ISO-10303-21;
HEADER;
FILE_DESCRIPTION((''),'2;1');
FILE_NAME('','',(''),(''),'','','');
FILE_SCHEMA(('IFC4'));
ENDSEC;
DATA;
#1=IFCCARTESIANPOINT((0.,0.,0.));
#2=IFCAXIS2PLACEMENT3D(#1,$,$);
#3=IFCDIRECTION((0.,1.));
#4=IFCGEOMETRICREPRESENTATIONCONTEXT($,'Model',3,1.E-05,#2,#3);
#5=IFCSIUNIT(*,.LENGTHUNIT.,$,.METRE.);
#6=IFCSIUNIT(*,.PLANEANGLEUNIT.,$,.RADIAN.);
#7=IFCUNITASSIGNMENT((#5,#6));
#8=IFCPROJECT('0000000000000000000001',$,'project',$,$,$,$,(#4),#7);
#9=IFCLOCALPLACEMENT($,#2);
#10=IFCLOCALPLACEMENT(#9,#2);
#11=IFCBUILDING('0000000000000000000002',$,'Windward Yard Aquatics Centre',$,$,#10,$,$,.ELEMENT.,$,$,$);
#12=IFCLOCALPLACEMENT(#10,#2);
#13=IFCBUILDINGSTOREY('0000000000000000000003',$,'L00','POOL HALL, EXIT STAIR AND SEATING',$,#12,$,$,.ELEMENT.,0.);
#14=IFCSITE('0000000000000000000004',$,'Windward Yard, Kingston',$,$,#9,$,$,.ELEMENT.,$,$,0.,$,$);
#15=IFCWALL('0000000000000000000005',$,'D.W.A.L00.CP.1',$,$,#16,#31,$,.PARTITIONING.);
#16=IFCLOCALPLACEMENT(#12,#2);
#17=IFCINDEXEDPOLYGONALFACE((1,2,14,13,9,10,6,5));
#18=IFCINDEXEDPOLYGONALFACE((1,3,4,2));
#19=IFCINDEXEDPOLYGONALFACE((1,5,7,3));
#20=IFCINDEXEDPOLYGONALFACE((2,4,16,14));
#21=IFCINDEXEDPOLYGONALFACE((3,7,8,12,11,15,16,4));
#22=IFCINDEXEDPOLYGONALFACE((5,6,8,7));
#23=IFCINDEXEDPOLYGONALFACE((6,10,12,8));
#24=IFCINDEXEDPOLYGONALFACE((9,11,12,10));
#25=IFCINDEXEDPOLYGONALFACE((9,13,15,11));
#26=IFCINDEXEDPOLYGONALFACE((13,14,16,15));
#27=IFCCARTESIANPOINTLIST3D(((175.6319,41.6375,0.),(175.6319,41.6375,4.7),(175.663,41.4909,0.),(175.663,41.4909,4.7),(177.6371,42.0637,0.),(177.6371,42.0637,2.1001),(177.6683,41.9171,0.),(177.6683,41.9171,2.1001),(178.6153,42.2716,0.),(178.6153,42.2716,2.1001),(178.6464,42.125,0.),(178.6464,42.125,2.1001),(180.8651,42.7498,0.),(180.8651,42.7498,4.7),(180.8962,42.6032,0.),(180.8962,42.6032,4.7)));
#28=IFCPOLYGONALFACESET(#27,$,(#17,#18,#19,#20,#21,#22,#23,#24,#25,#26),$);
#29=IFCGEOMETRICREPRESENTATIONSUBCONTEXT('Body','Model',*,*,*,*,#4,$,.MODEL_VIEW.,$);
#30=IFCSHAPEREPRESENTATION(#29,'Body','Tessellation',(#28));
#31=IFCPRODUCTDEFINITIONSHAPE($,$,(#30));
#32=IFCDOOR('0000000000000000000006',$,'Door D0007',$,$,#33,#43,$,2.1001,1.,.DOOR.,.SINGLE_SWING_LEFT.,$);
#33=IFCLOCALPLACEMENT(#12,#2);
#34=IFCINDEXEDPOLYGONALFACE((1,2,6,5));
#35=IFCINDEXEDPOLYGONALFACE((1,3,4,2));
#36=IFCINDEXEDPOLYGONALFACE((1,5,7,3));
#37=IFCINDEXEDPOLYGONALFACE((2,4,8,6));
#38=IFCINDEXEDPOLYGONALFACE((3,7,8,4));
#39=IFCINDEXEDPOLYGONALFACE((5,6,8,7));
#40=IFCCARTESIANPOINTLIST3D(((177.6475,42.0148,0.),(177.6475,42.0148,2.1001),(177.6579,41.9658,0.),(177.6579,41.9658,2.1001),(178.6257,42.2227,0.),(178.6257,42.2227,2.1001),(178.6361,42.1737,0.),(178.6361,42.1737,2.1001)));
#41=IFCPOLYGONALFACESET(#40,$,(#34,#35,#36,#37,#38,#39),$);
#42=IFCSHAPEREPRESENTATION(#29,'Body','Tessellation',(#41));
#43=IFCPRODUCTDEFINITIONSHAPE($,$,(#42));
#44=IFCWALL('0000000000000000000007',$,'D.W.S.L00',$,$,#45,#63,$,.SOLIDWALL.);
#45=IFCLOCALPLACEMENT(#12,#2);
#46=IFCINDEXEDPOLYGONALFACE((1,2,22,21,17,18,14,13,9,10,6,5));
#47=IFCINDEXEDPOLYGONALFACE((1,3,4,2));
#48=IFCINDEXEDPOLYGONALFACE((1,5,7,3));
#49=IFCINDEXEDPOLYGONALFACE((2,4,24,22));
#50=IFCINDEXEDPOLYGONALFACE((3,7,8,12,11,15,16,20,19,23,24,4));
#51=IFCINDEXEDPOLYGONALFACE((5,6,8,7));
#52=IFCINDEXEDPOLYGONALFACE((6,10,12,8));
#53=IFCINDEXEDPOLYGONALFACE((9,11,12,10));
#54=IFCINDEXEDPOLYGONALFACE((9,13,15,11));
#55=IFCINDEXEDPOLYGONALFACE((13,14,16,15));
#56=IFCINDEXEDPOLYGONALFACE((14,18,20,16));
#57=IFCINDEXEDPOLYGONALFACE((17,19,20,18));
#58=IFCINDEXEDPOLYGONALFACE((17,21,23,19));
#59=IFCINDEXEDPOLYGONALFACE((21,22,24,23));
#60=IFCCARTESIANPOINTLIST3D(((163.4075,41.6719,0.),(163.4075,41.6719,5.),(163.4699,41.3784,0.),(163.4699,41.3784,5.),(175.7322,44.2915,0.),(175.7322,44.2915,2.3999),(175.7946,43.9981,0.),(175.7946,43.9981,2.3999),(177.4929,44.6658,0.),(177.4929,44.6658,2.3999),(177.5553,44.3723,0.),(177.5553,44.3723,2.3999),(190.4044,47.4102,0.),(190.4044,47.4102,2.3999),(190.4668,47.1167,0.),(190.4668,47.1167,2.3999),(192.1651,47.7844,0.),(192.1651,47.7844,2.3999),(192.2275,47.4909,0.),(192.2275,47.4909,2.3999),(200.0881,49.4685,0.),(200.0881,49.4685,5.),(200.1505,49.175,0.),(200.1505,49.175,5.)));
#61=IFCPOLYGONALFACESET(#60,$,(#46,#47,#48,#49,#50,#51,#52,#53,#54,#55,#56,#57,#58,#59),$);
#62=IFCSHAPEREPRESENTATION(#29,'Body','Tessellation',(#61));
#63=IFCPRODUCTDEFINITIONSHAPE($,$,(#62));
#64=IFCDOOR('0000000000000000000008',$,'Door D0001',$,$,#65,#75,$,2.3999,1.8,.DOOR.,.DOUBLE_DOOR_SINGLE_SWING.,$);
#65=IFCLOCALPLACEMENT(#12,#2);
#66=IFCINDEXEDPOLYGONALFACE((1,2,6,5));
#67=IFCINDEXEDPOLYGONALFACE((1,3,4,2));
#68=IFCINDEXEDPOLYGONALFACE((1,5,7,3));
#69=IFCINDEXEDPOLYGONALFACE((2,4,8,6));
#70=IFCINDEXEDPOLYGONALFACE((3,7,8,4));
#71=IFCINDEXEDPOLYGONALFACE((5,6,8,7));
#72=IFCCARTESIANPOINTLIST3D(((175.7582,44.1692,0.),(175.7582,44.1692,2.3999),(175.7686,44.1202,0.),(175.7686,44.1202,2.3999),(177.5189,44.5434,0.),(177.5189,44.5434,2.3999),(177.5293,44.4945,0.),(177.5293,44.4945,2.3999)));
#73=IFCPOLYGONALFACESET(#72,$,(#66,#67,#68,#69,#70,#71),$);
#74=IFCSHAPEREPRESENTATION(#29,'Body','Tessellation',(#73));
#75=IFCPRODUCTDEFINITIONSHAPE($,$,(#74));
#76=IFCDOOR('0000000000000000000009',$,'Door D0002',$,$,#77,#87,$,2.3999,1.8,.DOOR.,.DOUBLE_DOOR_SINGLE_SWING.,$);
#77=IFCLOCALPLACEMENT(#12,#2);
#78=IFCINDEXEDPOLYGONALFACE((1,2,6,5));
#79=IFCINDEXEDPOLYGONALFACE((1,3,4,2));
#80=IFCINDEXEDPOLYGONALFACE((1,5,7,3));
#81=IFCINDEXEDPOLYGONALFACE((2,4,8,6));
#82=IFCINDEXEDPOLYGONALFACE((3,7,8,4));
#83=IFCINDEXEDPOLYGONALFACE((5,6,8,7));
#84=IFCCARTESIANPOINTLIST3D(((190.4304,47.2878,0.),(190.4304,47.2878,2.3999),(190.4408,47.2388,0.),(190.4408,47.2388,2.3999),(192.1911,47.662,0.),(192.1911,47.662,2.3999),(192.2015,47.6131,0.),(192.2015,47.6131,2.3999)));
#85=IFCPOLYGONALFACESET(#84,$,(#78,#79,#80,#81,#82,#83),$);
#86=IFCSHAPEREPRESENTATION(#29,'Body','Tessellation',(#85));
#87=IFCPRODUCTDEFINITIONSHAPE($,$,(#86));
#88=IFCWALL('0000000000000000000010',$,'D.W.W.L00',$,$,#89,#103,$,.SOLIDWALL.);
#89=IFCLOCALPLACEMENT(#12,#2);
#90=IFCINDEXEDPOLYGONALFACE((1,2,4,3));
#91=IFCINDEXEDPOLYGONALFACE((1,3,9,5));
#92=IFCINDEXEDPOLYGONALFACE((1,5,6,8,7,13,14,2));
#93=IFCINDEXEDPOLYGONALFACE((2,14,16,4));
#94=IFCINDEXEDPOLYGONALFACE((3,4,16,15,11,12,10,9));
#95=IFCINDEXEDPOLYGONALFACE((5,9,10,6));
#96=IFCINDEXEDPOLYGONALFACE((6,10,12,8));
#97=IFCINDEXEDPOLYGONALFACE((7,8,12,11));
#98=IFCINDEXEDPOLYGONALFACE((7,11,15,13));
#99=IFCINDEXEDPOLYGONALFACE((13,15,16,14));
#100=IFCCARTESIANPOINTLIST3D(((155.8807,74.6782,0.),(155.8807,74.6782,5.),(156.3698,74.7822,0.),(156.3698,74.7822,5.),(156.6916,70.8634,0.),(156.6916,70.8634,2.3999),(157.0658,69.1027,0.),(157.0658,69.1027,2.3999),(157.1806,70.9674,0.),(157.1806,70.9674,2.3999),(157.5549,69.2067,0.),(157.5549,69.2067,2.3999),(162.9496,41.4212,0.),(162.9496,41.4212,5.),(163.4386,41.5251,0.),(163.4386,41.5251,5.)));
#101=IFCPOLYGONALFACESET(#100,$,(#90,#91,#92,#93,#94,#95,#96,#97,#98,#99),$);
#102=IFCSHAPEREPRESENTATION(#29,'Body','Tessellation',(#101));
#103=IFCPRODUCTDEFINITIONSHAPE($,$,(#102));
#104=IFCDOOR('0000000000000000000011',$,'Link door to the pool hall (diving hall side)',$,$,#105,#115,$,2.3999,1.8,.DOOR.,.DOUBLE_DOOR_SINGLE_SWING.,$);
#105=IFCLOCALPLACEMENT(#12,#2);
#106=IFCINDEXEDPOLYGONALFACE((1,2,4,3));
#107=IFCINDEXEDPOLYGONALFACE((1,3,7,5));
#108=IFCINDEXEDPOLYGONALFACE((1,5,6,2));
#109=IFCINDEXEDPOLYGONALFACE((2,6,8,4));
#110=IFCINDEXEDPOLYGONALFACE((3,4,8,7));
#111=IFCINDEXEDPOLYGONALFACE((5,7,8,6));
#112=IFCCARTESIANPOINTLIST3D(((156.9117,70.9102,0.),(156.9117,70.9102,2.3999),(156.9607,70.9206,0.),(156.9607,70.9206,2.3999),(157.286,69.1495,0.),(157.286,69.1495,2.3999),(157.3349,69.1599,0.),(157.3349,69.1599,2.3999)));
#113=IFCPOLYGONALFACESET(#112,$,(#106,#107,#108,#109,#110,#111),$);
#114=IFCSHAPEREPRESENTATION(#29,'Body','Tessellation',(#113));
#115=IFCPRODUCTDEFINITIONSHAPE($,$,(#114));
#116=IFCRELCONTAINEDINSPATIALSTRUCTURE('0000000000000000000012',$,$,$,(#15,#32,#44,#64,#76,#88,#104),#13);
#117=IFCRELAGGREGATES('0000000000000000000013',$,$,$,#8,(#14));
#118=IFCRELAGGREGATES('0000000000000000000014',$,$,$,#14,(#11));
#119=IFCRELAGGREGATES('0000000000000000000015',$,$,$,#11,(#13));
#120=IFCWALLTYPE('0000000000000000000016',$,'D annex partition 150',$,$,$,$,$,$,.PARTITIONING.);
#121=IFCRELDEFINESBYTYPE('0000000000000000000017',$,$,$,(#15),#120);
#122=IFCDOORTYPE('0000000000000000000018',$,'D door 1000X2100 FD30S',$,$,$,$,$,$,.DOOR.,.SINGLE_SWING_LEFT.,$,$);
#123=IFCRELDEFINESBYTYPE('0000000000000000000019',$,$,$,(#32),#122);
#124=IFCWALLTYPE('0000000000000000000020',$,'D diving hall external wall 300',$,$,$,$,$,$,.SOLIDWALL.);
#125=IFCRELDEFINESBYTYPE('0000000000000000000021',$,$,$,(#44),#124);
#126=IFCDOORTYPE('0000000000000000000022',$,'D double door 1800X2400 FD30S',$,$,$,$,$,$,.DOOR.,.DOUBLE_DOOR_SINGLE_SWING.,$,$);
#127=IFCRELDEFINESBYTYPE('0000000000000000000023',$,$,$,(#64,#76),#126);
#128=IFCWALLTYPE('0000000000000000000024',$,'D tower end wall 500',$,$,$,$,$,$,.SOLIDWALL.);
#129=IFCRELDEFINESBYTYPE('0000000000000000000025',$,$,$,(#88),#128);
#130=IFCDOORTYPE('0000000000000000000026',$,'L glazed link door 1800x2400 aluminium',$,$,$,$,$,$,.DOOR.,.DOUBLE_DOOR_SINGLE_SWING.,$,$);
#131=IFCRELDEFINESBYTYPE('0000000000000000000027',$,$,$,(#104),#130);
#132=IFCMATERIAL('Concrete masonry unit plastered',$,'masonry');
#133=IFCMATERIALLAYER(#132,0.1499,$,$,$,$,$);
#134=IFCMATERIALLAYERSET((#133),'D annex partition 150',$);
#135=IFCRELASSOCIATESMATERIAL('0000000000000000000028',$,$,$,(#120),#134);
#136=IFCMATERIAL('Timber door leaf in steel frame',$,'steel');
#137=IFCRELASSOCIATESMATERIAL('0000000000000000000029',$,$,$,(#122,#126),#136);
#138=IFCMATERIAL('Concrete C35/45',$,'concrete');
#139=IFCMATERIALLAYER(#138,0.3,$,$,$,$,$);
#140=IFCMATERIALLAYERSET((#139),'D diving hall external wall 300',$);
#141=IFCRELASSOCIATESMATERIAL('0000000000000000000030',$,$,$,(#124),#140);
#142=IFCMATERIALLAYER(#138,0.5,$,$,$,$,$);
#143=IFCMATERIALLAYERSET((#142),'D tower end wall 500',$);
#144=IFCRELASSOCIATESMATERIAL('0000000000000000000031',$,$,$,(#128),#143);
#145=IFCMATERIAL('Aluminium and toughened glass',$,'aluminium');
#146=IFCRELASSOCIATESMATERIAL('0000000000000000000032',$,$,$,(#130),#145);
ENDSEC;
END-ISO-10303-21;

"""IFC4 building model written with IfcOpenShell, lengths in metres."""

from ifc_helpers import new_model, si_unit, direction, frame, frame_2d, origin, place, context, subcontext, project, spatial, rectangle, extrude, material, layer, layer_set, type_object, element, fill, save


model = new_model("IFC4")

# Units and contexts
model_context = context("Model", 3, precision=1e-05, world=origin(), true_north=direction((0.0, 1.0)))
body_context = subcontext(model_context, "Body", "Model", "MODEL_VIEW")
ifc_project = project(units=[si_unit("LENGTHUNIT", "METRE"), si_unit("PLANEANGLEUNIT", "RADIAN")], contexts=[model_context])

# Site, building, storey
site_placement = place(None, origin())
site = spatial("IfcSite", under=ifc_project, at=site_placement, Name="Windward Yard, Kingston", CompositionType="ELEMENT", RefElevation=0.0)
building_placement = place(site_placement, origin())
building = spatial("IfcBuilding", under=site, at=building_placement, Name="Windward Yard Aquatics Centre", CompositionType="ELEMENT")
storey_placement = place(building_placement, origin())
storey = spatial("IfcBuildingStorey", under=building, at=storey_placement, Name="L00", Description="POOL HALL, EXIT STAIR AND SEATING", CompositionType="ELEMENT", Elevation=0.0)

# Shared definitions
ifc_material_1 = material(Name="Concrete C35/45", Category="concrete")

# Wall, opening, door
ifc_material_2 = material(Name="Concrete masonry unit plastered", Category="masonry")
ifc_layer_1 = layer(ifc_material_2, 0.1499)
ifc_layer_set_1 = layer_set([ifc_layer_1], Name="D annex partition 150")
wall_type_1 = type_object("IfcWallType", Name="D annex partition 150", PredefinedType="PARTITIONING", material=ifc_layer_set_1)
wall_1_placement = place(storey_placement, frame((175.6475, 41.5642, 0.0), z_axis=(0.0, 0.0, 1.0), x_axis=(0.978149, 0.207905, 0.0)))
wall_1 = element("IfcWall", 1, at=wall_1_placement, inside=storey, type_object=wall_type_1, Name="D.W.A.L00.CP.1", PredefinedType="PARTITIONING", context=body_context, shape_type="SweptSolid", body=[
    extrude(rectangle(XDim=5.3501, YDim=0.1499, at=frame_2d((2.675, 0.0))), origin(), (0.0, 0.0, 1.0), 4.7),
])
opening_1_placement = place(wall_1_placement, frame((2.05, 0.0, 0.0)))
opening_1 = element("IfcOpeningElement", 2, at=opening_1_placement, cuts=wall_1, PredefinedType="OPENING", context=body_context, shape_type="SweptSolid", body=[
    extrude(rectangle(XDim=1.0, YDim=2.1001, at=frame_2d((0.5, 1.05))), frame((0.0, 0.085, 0.0), z_axis=(0.0, -1.0, 0.0), x_axis=(1.0, 0.0, 0.0)), (0.0, 0.0, 1.0), 0.1699),
])
ifc_material_3 = material(Name="Timber door leaf in steel frame", Category="steel")
door_type_1 = type_object("IfcDoorType", Name="D door 1000X2100 FD30S", OperationType="SINGLE_SWING_LEFT", PredefinedType="DOOR", material=ifc_material_3)
door_1_placement = place(opening_1_placement, origin())
door_1 = element("IfcDoor", 3, at=door_1_placement, inside=storey, type_object=door_type_1, Name="Door D0007", OperationType="SINGLE_SWING_LEFT", OverallHeight=2.1001, OverallWidth=1.0, PredefinedType="DOOR", context=body_context, shape_type="SweptSolid", body=[
    extrude(rectangle(XDim=1.0, YDim=2.1001, at=frame_2d((0.5, 1.05))), frame((0.0, 0.0249, 0.0), z_axis=(0.0, -1.0, 0.0), x_axis=(1.0, 0.0, 0.0)), (0.0, 0.0, 1.0), 0.05),
])
fill(opening_1, door_1)

# Wall, openings, doors
ifc_layer_2 = layer(ifc_material_1, 0.3)
ifc_layer_set_2 = layer_set([ifc_layer_2], Name="D diving hall external wall 300")
wall_type_2 = type_object("IfcWallType", Name="D diving hall external wall 300", PredefinedType="SOLIDWALL", material=ifc_layer_set_2)
wall_2_placement = place(storey_placement, frame((163.4387, 41.5251, 0.0), z_axis=(0.0, 0.0, 1.0), x_axis=(0.978148, 0.20791, 0.0)))
wall_2 = element("IfcWall", 4, at=wall_2_placement, inside=storey, type_object=wall_type_2, Name="D.W.S.L00", PredefinedType="SOLIDWALL", context=body_context, shape_type="SweptSolid", body=[
    extrude(rectangle(XDim=37.5, YDim=0.3, at=frame_2d((18.75, 0.0))), origin(), (0.0, 0.0, 1.0), 5.0),
])
opening_2_placement = place(wall_2_placement, frame((12.6001, 0.0, 0.0)))
opening_2 = element("IfcOpeningElement", 5, at=opening_2_placement, cuts=wall_2, PredefinedType="OPENING", context=body_context, shape_type="SweptSolid", body=[
    extrude(rectangle(XDim=1.8, YDim=2.3999, at=frame_2d((0.8999, 1.2))), frame((0.0, 0.1602, 0.0), z_axis=(0.0, -1.0, 0.0), x_axis=(1.0, 0.0, 0.0)), (0.0, 0.0, 1.0), 0.3201),
])
opening_3_placement = place(wall_2_placement, frame((27.6001, 0.0, 0.0)))
opening_3 = element("IfcOpeningElement", 6, at=opening_3_placement, cuts=wall_2, PredefinedType="OPENING", context=body_context, shape_type="SweptSolid", body=[
    extrude(rectangle(XDim=1.8, YDim=2.3999, at=frame_2d((0.8999, 1.2))), frame((0.0, 0.1602, 0.0), z_axis=(0.0, -1.0, 0.0), x_axis=(1.0, 0.0, 0.0)), (0.0, 0.0, 1.0), 0.3201),
])
door_type_2 = type_object("IfcDoorType", Name="D double door 1800X2400 FD30S", OperationType="DOUBLE_DOOR_SINGLE_SWING", PredefinedType="DOOR", material=ifc_material_3)
door_2_placement = place(opening_2_placement, origin())
door_2 = element("IfcDoor", 7, at=door_2_placement, inside=storey, type_object=door_type_2, Name="Door D0001", OperationType="DOUBLE_DOOR_SINGLE_SWING", OverallHeight=2.3999, OverallWidth=1.8, PredefinedType="DOOR", context=body_context, shape_type="SweptSolid", body=[
    extrude(rectangle(XDim=1.8, YDim=2.3999, at=frame_2d((0.8999, 1.2))), frame((0.0, 0.0249, 0.0), z_axis=(0.0, -1.0, 0.0), x_axis=(1.0, 0.0, 0.0)), (0.0, 0.0, 1.0), 0.05),
])
fill(opening_2, door_2)
door_3_placement = place(opening_3_placement, origin())
door_3 = element("IfcDoor", 8, at=door_3_placement, inside=storey, type_object=door_type_2, Name="Door D0002", OperationType="DOUBLE_DOOR_SINGLE_SWING", OverallHeight=2.3999, OverallWidth=1.8, PredefinedType="DOOR", context=body_context, shape_type="SweptSolid", body=[
    extrude(rectangle(XDim=1.8, YDim=2.3999, at=frame_2d((0.8999, 1.2))), frame((0.0, 0.0249, 0.0), z_axis=(0.0, -1.0, 0.0), x_axis=(1.0, 0.0, 0.0)), (0.0, 0.0, 1.0), 0.05),
])
fill(opening_3, door_3)

# Wall, opening, door
ifc_layer_3 = layer(ifc_material_1, 0.5)
ifc_layer_set_3 = layer_set([ifc_layer_3], Name="D tower end wall 500")
wall_type_3 = type_object("IfcWallType", Name="D tower end wall 500", PredefinedType="SOLIDWALL", material=ifc_layer_set_3)
wall_3_placement = place(storey_placement, frame((163.1941, 41.4731, 0.0), z_axis=(0.0, 0.0, 1.0), x_axis=(-0.207907, 0.978149, 0.0)))
wall_3 = element("IfcWall", 9, at=wall_3_placement, inside=storey, type_object=wall_type_3, Name="D.W.W.L00", PredefinedType="SOLIDWALL", context=body_context, shape_type="SweptSolid", body=[
    extrude(rectangle(XDim=34.0, YDim=0.5, at=frame_2d((17.0, 0.0))), origin(), (0.0, 0.0, 1.0), 5.0),
])
opening_4_placement = place(wall_3_placement, frame((28.3, 0.0, 0.0)))
opening_4 = element("IfcOpeningElement", 10, at=opening_4_placement, cuts=wall_3, PredefinedType="OPENING", context=body_context, shape_type="SweptSolid", body=[
    extrude(rectangle(XDim=1.8, YDim=2.3999, at=frame_2d((0.8999, 1.2))), frame((0.0, 0.26, 0.0), z_axis=(0.0, -1.0, 0.0), x_axis=(1.0, 0.0, 0.0)), (0.0, 0.0, 1.0), 0.52),
])
ifc_material_4 = material(Name="Aluminium and toughened glass", Category="aluminium")
door_type_3 = type_object("IfcDoorType", Name="L glazed link door 1800x2400 aluminium", OperationType="DOUBLE_DOOR_SINGLE_SWING", PredefinedType="DOOR", material=ifc_material_4)
door_4_placement = place(opening_4_placement, origin())
door_4 = element("IfcDoor", 11, at=door_4_placement, inside=storey, type_object=door_type_3, Name="Link door to the pool hall (diving hall side)", OperationType="DOUBLE_DOOR_SINGLE_SWING", OverallHeight=2.3999, OverallWidth=1.8, PredefinedType="DOOR", context=body_context, shape_type="SweptSolid", body=[
    extrude(rectangle(XDim=1.8, YDim=2.3999, at=frame_2d((0.8999, 1.2))), frame((0.0, 0.0249, 0.0), z_axis=(0.0, -1.0, 0.0), x_axis=(1.0, 0.0, 0.0)), (0.0, 0.0, 1.0), 0.05),
])
fill(opening_4, door_4)

save(model, "model.ifc")
